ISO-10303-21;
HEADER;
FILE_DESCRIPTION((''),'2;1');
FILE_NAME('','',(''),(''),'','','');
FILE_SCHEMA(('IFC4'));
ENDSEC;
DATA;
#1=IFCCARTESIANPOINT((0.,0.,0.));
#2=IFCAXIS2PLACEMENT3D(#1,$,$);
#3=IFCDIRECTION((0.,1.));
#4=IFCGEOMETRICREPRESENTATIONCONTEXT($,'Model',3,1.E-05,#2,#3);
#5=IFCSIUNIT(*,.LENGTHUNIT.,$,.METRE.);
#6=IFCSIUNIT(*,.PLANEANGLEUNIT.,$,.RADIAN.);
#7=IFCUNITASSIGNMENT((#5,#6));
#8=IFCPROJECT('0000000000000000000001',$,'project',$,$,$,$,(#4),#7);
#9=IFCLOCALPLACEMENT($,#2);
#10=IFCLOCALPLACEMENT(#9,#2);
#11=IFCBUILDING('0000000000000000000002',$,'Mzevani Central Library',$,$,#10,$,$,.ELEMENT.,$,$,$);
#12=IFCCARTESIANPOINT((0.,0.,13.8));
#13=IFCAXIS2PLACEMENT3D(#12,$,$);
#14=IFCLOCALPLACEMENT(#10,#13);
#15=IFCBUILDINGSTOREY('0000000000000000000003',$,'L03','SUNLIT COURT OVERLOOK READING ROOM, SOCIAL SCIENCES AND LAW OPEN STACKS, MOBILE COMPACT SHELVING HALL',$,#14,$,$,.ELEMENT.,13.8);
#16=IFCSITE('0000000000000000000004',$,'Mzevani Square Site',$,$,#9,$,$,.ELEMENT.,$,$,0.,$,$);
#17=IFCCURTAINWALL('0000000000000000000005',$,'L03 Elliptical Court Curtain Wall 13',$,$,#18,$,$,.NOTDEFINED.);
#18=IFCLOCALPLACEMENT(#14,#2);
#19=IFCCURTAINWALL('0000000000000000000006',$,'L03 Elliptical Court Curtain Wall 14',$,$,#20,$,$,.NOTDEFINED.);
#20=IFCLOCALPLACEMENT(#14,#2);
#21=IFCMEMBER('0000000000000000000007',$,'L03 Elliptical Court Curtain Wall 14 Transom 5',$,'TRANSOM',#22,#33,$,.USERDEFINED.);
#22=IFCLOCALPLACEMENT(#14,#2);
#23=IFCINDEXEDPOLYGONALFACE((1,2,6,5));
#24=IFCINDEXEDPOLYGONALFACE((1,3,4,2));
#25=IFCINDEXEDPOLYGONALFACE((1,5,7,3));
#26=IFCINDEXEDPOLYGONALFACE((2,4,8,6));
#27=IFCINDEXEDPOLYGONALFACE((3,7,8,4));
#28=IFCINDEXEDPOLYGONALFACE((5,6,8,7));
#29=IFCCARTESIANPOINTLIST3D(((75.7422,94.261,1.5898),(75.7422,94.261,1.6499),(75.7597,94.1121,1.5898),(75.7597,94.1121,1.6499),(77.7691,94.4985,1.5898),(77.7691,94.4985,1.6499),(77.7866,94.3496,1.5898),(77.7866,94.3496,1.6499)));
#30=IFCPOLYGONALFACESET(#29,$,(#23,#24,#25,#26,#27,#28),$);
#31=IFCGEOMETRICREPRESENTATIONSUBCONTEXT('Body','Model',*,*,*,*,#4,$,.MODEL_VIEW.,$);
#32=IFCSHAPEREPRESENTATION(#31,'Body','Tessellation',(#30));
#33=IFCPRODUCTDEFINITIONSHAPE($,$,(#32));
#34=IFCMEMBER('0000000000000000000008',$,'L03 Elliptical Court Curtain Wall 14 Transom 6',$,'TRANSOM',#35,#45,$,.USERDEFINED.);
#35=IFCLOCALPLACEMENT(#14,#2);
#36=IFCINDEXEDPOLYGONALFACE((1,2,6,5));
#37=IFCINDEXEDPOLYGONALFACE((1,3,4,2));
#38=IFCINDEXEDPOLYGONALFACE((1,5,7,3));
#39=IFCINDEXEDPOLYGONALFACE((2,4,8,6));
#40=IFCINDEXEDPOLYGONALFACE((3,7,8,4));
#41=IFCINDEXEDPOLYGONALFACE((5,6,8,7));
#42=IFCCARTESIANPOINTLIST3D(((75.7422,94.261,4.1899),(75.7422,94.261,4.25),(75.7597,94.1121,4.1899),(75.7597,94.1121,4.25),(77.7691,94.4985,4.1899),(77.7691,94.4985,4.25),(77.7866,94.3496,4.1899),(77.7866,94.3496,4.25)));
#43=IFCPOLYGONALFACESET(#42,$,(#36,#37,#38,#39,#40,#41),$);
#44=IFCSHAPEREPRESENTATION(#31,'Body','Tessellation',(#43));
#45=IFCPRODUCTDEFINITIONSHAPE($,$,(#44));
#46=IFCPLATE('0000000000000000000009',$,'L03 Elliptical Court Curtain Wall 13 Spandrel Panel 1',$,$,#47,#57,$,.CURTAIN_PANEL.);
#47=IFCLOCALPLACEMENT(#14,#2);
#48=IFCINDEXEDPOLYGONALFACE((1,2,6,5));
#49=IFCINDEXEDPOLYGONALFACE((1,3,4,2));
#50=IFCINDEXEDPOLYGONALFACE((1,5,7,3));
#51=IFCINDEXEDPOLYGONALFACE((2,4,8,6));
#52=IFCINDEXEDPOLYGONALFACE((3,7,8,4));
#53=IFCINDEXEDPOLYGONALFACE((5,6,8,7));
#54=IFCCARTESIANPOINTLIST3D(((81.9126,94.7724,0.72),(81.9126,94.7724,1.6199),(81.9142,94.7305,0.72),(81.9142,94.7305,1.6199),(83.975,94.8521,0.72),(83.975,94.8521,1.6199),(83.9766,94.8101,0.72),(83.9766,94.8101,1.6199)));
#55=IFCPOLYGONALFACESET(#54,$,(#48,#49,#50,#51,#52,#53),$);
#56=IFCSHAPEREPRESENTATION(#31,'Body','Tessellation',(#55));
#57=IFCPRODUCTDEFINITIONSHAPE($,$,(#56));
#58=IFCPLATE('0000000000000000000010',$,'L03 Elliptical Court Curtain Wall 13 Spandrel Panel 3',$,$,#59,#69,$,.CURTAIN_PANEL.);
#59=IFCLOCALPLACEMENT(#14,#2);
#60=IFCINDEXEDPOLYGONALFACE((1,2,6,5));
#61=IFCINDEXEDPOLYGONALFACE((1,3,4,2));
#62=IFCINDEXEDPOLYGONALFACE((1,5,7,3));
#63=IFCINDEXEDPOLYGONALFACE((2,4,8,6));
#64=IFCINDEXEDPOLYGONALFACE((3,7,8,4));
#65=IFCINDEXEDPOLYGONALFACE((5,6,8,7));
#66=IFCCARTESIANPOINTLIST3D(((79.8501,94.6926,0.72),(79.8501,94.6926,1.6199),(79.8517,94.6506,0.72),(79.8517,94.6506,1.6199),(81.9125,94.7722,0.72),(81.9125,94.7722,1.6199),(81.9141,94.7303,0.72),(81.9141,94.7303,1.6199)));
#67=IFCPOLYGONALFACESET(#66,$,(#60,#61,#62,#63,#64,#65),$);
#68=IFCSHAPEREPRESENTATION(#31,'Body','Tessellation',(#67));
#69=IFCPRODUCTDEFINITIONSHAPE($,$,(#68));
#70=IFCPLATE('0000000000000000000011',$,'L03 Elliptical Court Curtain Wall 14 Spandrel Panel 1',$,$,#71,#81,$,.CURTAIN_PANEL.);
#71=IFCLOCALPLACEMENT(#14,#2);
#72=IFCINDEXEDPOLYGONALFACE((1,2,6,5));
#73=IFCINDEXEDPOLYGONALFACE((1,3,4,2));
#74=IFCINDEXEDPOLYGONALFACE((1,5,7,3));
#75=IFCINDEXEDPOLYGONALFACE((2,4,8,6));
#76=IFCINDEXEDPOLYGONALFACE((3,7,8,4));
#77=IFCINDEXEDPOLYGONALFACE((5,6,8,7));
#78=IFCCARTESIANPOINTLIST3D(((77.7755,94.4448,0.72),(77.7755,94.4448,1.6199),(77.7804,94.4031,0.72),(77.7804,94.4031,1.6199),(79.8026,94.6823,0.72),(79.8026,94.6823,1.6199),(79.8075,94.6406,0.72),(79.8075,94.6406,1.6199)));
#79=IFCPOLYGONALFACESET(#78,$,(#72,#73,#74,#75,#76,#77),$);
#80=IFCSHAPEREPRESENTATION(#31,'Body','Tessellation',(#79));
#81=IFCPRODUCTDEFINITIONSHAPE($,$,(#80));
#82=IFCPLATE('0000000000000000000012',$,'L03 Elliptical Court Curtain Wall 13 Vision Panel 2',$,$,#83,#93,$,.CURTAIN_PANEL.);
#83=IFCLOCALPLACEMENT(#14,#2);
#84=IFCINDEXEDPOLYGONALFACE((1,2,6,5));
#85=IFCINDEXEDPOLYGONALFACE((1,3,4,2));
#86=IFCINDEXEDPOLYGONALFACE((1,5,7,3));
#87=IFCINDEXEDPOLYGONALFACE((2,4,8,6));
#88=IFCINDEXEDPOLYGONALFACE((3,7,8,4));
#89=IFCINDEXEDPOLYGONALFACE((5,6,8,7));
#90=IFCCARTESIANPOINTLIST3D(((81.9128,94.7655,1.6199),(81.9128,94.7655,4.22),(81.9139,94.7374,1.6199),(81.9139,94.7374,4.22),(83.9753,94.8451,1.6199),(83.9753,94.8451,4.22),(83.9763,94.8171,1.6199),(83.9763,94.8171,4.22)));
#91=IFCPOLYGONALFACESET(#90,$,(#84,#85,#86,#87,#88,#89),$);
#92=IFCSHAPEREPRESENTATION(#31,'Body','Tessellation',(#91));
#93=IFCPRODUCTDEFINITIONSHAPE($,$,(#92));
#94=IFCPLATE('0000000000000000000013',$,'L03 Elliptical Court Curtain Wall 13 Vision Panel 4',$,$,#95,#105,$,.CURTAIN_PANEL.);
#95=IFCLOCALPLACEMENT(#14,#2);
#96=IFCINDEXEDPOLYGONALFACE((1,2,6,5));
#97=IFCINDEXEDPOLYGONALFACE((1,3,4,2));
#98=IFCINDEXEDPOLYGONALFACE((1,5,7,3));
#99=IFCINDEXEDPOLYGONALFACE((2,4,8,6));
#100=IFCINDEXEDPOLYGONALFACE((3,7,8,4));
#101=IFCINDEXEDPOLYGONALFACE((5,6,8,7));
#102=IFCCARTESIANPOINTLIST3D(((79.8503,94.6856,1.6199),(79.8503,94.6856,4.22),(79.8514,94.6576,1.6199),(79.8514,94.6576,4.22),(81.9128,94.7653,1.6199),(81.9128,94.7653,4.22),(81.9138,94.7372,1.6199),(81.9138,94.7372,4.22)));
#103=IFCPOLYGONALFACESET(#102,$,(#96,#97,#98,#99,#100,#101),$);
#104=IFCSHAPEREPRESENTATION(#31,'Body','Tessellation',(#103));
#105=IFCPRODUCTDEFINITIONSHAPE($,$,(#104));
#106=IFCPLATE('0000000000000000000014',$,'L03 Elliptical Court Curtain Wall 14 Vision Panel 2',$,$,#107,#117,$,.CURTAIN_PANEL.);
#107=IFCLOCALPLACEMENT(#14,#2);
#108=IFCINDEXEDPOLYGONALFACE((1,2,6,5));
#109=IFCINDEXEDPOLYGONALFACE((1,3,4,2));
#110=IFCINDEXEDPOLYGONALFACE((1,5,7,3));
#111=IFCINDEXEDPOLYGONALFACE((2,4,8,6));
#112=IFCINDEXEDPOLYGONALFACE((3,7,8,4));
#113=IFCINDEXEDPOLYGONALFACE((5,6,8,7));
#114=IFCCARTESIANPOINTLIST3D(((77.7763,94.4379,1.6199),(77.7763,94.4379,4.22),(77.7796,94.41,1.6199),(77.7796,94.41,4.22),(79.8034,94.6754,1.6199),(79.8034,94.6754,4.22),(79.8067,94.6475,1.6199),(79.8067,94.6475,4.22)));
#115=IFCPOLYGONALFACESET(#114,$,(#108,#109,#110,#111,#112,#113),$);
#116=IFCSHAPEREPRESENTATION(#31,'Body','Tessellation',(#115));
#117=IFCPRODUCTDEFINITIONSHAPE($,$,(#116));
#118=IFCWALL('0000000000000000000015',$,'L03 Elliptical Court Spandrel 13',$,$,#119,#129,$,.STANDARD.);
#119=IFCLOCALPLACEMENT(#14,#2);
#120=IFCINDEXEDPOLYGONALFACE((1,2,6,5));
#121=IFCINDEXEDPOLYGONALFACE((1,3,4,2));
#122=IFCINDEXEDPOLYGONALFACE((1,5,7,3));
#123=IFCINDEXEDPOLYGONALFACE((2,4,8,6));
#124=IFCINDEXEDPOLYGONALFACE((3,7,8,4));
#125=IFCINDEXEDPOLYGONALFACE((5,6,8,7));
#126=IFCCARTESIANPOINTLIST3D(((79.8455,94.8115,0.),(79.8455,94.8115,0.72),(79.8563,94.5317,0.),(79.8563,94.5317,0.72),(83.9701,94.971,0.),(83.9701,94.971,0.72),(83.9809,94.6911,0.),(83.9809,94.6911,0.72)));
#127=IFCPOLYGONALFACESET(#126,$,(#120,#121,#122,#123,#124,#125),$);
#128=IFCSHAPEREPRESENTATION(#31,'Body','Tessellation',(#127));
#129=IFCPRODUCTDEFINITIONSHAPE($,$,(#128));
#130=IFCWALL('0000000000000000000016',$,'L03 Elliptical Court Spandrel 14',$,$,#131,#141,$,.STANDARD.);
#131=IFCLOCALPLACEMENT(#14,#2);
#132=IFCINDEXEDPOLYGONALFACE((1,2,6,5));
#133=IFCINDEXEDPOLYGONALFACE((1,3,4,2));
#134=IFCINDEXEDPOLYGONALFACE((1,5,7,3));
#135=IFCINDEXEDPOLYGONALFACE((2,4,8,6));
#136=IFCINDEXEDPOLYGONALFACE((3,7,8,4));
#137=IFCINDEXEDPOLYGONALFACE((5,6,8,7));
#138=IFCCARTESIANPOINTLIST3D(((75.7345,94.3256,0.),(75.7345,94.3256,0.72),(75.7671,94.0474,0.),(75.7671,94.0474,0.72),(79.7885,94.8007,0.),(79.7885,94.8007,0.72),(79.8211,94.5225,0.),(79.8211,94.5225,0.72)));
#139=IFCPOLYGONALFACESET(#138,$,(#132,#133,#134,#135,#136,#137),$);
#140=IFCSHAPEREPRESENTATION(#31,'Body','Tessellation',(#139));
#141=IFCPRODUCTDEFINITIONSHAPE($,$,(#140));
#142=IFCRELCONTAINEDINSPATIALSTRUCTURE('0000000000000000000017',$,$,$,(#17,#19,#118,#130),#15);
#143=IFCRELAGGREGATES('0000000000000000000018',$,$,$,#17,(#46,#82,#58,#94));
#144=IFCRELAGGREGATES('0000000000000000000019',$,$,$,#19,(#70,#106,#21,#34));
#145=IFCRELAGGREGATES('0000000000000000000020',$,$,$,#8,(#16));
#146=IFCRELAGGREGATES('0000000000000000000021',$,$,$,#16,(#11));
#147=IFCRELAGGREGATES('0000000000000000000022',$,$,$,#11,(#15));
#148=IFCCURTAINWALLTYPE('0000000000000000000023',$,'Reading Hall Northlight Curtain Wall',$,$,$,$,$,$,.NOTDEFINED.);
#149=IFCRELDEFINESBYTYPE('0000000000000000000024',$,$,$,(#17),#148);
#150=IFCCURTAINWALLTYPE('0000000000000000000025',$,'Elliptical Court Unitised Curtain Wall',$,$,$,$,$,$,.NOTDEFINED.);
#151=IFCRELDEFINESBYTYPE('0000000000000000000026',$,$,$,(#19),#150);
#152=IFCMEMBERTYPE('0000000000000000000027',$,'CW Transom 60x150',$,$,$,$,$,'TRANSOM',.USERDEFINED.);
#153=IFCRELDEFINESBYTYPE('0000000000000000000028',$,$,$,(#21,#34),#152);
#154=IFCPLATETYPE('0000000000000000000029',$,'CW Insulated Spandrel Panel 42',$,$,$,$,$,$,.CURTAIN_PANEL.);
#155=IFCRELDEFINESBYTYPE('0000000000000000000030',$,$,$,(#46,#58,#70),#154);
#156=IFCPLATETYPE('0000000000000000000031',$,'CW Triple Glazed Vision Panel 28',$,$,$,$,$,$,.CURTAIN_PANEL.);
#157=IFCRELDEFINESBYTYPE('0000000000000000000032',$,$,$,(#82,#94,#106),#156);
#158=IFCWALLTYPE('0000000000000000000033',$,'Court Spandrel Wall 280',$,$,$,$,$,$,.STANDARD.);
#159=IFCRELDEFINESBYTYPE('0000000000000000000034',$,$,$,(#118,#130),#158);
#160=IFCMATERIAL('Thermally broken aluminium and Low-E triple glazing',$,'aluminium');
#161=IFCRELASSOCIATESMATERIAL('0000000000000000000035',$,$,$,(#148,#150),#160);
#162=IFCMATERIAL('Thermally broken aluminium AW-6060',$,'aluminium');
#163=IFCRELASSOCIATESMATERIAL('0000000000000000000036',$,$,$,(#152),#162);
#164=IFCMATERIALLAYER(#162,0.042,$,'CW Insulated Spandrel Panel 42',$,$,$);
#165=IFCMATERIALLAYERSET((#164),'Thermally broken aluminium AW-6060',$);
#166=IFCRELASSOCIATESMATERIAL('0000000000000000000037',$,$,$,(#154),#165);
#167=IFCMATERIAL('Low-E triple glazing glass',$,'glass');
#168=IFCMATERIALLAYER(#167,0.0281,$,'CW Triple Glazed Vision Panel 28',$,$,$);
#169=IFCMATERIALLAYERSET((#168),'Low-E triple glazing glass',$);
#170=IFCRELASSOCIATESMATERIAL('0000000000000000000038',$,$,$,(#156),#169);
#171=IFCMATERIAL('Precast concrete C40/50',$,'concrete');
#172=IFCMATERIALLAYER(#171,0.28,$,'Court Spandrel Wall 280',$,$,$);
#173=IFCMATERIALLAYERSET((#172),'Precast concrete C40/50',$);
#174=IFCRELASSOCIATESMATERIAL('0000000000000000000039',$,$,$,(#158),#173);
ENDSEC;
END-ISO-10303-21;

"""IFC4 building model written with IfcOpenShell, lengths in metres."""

from ifc_helpers import new_model, si_unit, direction, frame, frame_2d, origin, origin_2d, place, context, subcontext, project, spatial, rectangle, extrude, material, layer, layer_set, material_profile, profile_set, type_object, element, aggregate, save


model = new_model("IFC4")

# Units and contexts
model_context = context("Model", 3, precision=1e-05, world=origin(), true_north=direction((0.0, 1.0)))
body_context = subcontext(model_context, "Body", "Model", "MODEL_VIEW")
ifc_project = project(units=[si_unit("LENGTHUNIT", "METRE"), si_unit("PLANEANGLEUNIT", "RADIAN")], contexts=[model_context])

# Site, building, storey
site_placement = place(None, origin())
site = spatial("IfcSite", under=ifc_project, at=site_placement, Name="Mzevani Square Site", CompositionType="ELEMENT", RefElevation=0.0)
building_placement = place(site_placement, origin())
building = spatial("IfcBuilding", under=site, at=building_placement, Name="Mzevani Central Library", CompositionType="ELEMENT")
storey_placement = place(building_placement, frame((0.0, 0.0, 13.8)))
storey = spatial("IfcBuildingStorey", under=building, at=storey_placement, Name="L03", Description="SUNLIT COURT OVERLOOK READING ROOM, SOCIAL SCIENCES AND LAW OPEN STACKS, MOBILE COMPACT SHELVING HALL", CompositionType="ELEMENT", Elevation=13.8)

# Curtain walls
ifc_material_1 = material(Name="Thermally broken aluminium and Low-E triple glazing", Category="aluminium")
curtain_wall_type_1 = type_object("IfcCurtainWallType", Name="Reading Hall Northlight Curtain Wall", PredefinedType="NOTDEFINED", material=ifc_material_1)
curtain_wall_1_placement = place(storey_placement, origin())
curtain_wall_1 = element("IfcCurtainWall", 1, at=curtain_wall_1_placement, inside=storey, type_object=curtain_wall_type_1, Name="L03 Elliptical Court Curtain Wall 13", PredefinedType="NOTDEFINED")
ifc_material_2 = material(Name="Thermally broken aluminium AW-6060", Category="aluminium")
curtain_wall_type_2 = type_object("IfcCurtainWallType", Name="Elliptical Court Unitised Curtain Wall", PredefinedType="NOTDEFINED", material=ifc_material_1)
curtain_wall_2_placement = place(storey_placement, origin())
curtain_wall_2 = element("IfcCurtainWall", 2, at=curtain_wall_2_placement, inside=storey, type_object=curtain_wall_type_2, Name="L03 Elliptical Court Curtain Wall 14", PredefinedType="NOTDEFINED")

# Members
ifc_material_profile_1 = material_profile(ifc_material_2, rectangle(XDim=0.1499, YDim=0.0601, at=origin_2d()), Name="ALU T60x150")
ifc_profile_set_1 = profile_set([ifc_material_profile_1], Name="Thermally broken aluminium AW-6060")
member_type_1 = type_object("IfcMemberType", Name="CW Transom 60x150", ElementType="TRANSOM", PredefinedType="USERDEFINED", material=ifc_profile_set_1)
member_1_placement = place(storey_placement, frame((77.7778, 94.4241, 1.6199), z_axis=(-0.993202, -0.116404, 0.0), x_axis=(0.116404, -0.993202, 0.0)))
member_1 = element("IfcMember", 3, at=member_1_placement, type_object=member_type_1, Name="L03 Elliptical Court Curtain Wall 14 Transom 5", ObjectType="TRANSOM", PredefinedType="USERDEFINED", context=body_context, shape_type="SweptSolid", body=[
    extrude(rectangle(XDim=0.1499, YDim=0.0601, at=origin_2d()), origin(), (0.0, 0.0, 1.0), 2.0408),
])
member_2_placement = place(storey_placement, frame((77.7778, 94.4241, 4.22), z_axis=(-0.993202, -0.116404, 0.0), x_axis=(0.116404, -0.993202, 0.0)))
member_2 = element("IfcMember", 4, at=member_2_placement, type_object=member_type_1, Name="L03 Elliptical Court Curtain Wall 14 Transom 6", ObjectType="TRANSOM", PredefinedType="USERDEFINED", context=body_context, shape_type="SweptSolid", body=[
    extrude(rectangle(XDim=0.1499, YDim=0.0601, at=origin_2d()), origin(), (0.0, 0.0, 1.0), 2.0408),
])

# Plates
ifc_layer_1 = layer(ifc_material_2, 0.042, Name="CW Insulated Spandrel Panel 42")
ifc_layer_set_1 = layer_set([ifc_layer_1], Name="Thermally broken aluminium AW-6060")
plate_type_1 = type_object("IfcPlateType", Name="CW Insulated Spandrel Panel 42", PredefinedType="CURTAIN_PANEL", material=ifc_layer_set_1)
plate_1_placement = place(storey_placement, frame((82.9446, 94.7913, 0.72), z_axis=(0.0, 0.0, 1.0), x_axis=(-0.999255, -0.038592, 0.0)))
plate_1 = element("IfcPlate", 5, at=plate_1_placement, type_object=plate_type_1, Name="L03 Elliptical Court Curtain Wall 13 Spandrel Panel 1", PredefinedType="CURTAIN_PANEL", context=body_context, shape_type="SweptSolid", body=[
    extrude(rectangle(XDim=2.064, YDim=0.042, at=origin_2d()), origin(), (0.0, 0.0, 1.0), 0.8999),
])
plate_2_placement = place(storey_placement, frame((80.8821, 94.7114, 0.72), z_axis=(0.0, 0.0, 1.0), x_axis=(-0.999255, -0.038592, 0.0)))
plate_2 = element("IfcPlate", 6, at=plate_2_placement, type_object=plate_type_1, Name="L03 Elliptical Court Curtain Wall 13 Spandrel Panel 3", PredefinedType="CURTAIN_PANEL", context=body_context, shape_type="SweptSolid", body=[
    extrude(rectangle(XDim=2.064, YDim=0.042, at=origin_2d()), origin(), (0.0, 0.0, 1.0), 0.8999),
])
plate_3_placement = place(storey_placement, frame((78.7915, 94.5427, 0.72), z_axis=(0.0, 0.0, 1.0), x_axis=(-0.993206, -0.116369, 0.0)))
plate_3 = element("IfcPlate", 7, at=plate_3_placement, type_object=plate_type_1, Name="L03 Elliptical Court Curtain Wall 14 Spandrel Panel 1", PredefinedType="CURTAIN_PANEL", context=body_context, shape_type="SweptSolid", body=[
    extrude(rectangle(XDim=2.041, YDim=0.042, at=origin_2d()), origin(), (0.0, 0.0, 1.0), 0.8999),
])
ifc_material_3 = material(Name="Low-E triple glazing glass", Category="glass")
ifc_layer_2 = layer(ifc_material_3, 0.0281, Name="CW Triple Glazed Vision Panel 28")
ifc_layer_set_2 = layer_set([ifc_layer_2], Name="Low-E triple glazing glass")
plate_type_2 = type_object("IfcPlateType", Name="CW Triple Glazed Vision Panel 28", PredefinedType="CURTAIN_PANEL", material=ifc_layer_set_2)
plate_4_placement = place(storey_placement, frame((82.9446, 94.7913, 1.6199), z_axis=(0.0, 0.0, 1.0), x_axis=(-0.999255, -0.038592, 0.0)))
plate_4 = element("IfcPlate", 8, at=plate_4_placement, type_object=plate_type_2, Name="L03 Elliptical Court Curtain Wall 13 Vision Panel 2", PredefinedType="CURTAIN_PANEL", context=body_context, shape_type="SweptSolid", body=[
    extrude(rectangle(XDim=2.064, YDim=0.0281, at=origin_2d()), origin(), (0.0, 0.0, 1.0), 2.6001),
])
plate_5_placement = place(storey_placement, frame((80.8821, 94.7114, 1.6199), z_axis=(0.0, 0.0, 1.0), x_axis=(-0.999255, -0.038592, 0.0)))
plate_5 = element("IfcPlate", 9, at=plate_5_placement, type_object=plate_type_2, Name="L03 Elliptical Court Curtain Wall 13 Vision Panel 4", PredefinedType="CURTAIN_PANEL", context=body_context, shape_type="SweptSolid", body=[
    extrude(rectangle(XDim=2.064, YDim=0.0281, at=origin_2d()), origin(), (0.0, 0.0, 1.0), 2.6001),
])
aggregate(curtain_wall_1, [plate_1, plate_4, plate_2, plate_5])
plate_6_placement = place(storey_placement, frame((78.7915, 94.5427, 1.6199), z_axis=(0.0, 0.0, 1.0), x_axis=(-0.993206, -0.116369, 0.0)))
plate_6 = element("IfcPlate", 10, at=plate_6_placement, type_object=plate_type_2, Name="L03 Elliptical Court Curtain Wall 14 Vision Panel 2", PredefinedType="CURTAIN_PANEL", context=body_context, shape_type="SweptSolid", body=[
    extrude(rectangle(XDim=2.041, YDim=0.0281, at=origin_2d()), origin(), (0.0, 0.0, 1.0), 2.6001),
])
aggregate(curtain_wall_2, [plate_3, plate_6, member_1, member_2])

# Walls
ifc_material_4 = material(Name="Precast concrete C40/50", Category="concrete")
ifc_layer_3 = layer(ifc_material_4, 0.28, Name="Court Spandrel Wall 280")
ifc_layer_set_3 = layer_set([ifc_layer_3], Name="Precast concrete C40/50")
wall_type_1 = type_object("IfcWallType", Name="Court Spandrel Wall 280", PredefinedType="STANDARD", material=ifc_layer_set_3)
wall_1_placement = place(storey_placement, frame((83.9756, 94.8311, 0.0), z_axis=(0.0, 0.0, 1.0), x_axis=(-0.999254, -0.038624, 0.0)))
element("IfcWall", 11, at=wall_1_placement, inside=storey, type_object=wall_type_1, Name="L03 Elliptical Court Spandrel 13", PredefinedType="STANDARD", context=body_context, shape_type="SweptSolid", body=[
    extrude(rectangle(XDim=4.1277, YDim=0.28, at=frame_2d((2.064, 0.0))), origin(), (0.0, 0.0, 1.0), 0.72),
])
wall_2_placement = place(storey_placement, frame((79.8049, 94.6616, 0.0), z_axis=(0.0, 0.0, 1.0), x_axis=(-0.993203, -0.116397, 0.0)))
element("IfcWall", 12, at=wall_2_placement, inside=storey, type_object=wall_type_1, Name="L03 Elliptical Court Spandrel 14", PredefinedType="STANDARD", context=body_context, shape_type="SweptSolid", body=[
    extrude(rectangle(XDim=4.0818, YDim=0.28, at=frame_2d((2.041, 0.0))), origin(), (0.0, 0.0, 1.0), 0.72),
])

save(model, "model.ifc")
